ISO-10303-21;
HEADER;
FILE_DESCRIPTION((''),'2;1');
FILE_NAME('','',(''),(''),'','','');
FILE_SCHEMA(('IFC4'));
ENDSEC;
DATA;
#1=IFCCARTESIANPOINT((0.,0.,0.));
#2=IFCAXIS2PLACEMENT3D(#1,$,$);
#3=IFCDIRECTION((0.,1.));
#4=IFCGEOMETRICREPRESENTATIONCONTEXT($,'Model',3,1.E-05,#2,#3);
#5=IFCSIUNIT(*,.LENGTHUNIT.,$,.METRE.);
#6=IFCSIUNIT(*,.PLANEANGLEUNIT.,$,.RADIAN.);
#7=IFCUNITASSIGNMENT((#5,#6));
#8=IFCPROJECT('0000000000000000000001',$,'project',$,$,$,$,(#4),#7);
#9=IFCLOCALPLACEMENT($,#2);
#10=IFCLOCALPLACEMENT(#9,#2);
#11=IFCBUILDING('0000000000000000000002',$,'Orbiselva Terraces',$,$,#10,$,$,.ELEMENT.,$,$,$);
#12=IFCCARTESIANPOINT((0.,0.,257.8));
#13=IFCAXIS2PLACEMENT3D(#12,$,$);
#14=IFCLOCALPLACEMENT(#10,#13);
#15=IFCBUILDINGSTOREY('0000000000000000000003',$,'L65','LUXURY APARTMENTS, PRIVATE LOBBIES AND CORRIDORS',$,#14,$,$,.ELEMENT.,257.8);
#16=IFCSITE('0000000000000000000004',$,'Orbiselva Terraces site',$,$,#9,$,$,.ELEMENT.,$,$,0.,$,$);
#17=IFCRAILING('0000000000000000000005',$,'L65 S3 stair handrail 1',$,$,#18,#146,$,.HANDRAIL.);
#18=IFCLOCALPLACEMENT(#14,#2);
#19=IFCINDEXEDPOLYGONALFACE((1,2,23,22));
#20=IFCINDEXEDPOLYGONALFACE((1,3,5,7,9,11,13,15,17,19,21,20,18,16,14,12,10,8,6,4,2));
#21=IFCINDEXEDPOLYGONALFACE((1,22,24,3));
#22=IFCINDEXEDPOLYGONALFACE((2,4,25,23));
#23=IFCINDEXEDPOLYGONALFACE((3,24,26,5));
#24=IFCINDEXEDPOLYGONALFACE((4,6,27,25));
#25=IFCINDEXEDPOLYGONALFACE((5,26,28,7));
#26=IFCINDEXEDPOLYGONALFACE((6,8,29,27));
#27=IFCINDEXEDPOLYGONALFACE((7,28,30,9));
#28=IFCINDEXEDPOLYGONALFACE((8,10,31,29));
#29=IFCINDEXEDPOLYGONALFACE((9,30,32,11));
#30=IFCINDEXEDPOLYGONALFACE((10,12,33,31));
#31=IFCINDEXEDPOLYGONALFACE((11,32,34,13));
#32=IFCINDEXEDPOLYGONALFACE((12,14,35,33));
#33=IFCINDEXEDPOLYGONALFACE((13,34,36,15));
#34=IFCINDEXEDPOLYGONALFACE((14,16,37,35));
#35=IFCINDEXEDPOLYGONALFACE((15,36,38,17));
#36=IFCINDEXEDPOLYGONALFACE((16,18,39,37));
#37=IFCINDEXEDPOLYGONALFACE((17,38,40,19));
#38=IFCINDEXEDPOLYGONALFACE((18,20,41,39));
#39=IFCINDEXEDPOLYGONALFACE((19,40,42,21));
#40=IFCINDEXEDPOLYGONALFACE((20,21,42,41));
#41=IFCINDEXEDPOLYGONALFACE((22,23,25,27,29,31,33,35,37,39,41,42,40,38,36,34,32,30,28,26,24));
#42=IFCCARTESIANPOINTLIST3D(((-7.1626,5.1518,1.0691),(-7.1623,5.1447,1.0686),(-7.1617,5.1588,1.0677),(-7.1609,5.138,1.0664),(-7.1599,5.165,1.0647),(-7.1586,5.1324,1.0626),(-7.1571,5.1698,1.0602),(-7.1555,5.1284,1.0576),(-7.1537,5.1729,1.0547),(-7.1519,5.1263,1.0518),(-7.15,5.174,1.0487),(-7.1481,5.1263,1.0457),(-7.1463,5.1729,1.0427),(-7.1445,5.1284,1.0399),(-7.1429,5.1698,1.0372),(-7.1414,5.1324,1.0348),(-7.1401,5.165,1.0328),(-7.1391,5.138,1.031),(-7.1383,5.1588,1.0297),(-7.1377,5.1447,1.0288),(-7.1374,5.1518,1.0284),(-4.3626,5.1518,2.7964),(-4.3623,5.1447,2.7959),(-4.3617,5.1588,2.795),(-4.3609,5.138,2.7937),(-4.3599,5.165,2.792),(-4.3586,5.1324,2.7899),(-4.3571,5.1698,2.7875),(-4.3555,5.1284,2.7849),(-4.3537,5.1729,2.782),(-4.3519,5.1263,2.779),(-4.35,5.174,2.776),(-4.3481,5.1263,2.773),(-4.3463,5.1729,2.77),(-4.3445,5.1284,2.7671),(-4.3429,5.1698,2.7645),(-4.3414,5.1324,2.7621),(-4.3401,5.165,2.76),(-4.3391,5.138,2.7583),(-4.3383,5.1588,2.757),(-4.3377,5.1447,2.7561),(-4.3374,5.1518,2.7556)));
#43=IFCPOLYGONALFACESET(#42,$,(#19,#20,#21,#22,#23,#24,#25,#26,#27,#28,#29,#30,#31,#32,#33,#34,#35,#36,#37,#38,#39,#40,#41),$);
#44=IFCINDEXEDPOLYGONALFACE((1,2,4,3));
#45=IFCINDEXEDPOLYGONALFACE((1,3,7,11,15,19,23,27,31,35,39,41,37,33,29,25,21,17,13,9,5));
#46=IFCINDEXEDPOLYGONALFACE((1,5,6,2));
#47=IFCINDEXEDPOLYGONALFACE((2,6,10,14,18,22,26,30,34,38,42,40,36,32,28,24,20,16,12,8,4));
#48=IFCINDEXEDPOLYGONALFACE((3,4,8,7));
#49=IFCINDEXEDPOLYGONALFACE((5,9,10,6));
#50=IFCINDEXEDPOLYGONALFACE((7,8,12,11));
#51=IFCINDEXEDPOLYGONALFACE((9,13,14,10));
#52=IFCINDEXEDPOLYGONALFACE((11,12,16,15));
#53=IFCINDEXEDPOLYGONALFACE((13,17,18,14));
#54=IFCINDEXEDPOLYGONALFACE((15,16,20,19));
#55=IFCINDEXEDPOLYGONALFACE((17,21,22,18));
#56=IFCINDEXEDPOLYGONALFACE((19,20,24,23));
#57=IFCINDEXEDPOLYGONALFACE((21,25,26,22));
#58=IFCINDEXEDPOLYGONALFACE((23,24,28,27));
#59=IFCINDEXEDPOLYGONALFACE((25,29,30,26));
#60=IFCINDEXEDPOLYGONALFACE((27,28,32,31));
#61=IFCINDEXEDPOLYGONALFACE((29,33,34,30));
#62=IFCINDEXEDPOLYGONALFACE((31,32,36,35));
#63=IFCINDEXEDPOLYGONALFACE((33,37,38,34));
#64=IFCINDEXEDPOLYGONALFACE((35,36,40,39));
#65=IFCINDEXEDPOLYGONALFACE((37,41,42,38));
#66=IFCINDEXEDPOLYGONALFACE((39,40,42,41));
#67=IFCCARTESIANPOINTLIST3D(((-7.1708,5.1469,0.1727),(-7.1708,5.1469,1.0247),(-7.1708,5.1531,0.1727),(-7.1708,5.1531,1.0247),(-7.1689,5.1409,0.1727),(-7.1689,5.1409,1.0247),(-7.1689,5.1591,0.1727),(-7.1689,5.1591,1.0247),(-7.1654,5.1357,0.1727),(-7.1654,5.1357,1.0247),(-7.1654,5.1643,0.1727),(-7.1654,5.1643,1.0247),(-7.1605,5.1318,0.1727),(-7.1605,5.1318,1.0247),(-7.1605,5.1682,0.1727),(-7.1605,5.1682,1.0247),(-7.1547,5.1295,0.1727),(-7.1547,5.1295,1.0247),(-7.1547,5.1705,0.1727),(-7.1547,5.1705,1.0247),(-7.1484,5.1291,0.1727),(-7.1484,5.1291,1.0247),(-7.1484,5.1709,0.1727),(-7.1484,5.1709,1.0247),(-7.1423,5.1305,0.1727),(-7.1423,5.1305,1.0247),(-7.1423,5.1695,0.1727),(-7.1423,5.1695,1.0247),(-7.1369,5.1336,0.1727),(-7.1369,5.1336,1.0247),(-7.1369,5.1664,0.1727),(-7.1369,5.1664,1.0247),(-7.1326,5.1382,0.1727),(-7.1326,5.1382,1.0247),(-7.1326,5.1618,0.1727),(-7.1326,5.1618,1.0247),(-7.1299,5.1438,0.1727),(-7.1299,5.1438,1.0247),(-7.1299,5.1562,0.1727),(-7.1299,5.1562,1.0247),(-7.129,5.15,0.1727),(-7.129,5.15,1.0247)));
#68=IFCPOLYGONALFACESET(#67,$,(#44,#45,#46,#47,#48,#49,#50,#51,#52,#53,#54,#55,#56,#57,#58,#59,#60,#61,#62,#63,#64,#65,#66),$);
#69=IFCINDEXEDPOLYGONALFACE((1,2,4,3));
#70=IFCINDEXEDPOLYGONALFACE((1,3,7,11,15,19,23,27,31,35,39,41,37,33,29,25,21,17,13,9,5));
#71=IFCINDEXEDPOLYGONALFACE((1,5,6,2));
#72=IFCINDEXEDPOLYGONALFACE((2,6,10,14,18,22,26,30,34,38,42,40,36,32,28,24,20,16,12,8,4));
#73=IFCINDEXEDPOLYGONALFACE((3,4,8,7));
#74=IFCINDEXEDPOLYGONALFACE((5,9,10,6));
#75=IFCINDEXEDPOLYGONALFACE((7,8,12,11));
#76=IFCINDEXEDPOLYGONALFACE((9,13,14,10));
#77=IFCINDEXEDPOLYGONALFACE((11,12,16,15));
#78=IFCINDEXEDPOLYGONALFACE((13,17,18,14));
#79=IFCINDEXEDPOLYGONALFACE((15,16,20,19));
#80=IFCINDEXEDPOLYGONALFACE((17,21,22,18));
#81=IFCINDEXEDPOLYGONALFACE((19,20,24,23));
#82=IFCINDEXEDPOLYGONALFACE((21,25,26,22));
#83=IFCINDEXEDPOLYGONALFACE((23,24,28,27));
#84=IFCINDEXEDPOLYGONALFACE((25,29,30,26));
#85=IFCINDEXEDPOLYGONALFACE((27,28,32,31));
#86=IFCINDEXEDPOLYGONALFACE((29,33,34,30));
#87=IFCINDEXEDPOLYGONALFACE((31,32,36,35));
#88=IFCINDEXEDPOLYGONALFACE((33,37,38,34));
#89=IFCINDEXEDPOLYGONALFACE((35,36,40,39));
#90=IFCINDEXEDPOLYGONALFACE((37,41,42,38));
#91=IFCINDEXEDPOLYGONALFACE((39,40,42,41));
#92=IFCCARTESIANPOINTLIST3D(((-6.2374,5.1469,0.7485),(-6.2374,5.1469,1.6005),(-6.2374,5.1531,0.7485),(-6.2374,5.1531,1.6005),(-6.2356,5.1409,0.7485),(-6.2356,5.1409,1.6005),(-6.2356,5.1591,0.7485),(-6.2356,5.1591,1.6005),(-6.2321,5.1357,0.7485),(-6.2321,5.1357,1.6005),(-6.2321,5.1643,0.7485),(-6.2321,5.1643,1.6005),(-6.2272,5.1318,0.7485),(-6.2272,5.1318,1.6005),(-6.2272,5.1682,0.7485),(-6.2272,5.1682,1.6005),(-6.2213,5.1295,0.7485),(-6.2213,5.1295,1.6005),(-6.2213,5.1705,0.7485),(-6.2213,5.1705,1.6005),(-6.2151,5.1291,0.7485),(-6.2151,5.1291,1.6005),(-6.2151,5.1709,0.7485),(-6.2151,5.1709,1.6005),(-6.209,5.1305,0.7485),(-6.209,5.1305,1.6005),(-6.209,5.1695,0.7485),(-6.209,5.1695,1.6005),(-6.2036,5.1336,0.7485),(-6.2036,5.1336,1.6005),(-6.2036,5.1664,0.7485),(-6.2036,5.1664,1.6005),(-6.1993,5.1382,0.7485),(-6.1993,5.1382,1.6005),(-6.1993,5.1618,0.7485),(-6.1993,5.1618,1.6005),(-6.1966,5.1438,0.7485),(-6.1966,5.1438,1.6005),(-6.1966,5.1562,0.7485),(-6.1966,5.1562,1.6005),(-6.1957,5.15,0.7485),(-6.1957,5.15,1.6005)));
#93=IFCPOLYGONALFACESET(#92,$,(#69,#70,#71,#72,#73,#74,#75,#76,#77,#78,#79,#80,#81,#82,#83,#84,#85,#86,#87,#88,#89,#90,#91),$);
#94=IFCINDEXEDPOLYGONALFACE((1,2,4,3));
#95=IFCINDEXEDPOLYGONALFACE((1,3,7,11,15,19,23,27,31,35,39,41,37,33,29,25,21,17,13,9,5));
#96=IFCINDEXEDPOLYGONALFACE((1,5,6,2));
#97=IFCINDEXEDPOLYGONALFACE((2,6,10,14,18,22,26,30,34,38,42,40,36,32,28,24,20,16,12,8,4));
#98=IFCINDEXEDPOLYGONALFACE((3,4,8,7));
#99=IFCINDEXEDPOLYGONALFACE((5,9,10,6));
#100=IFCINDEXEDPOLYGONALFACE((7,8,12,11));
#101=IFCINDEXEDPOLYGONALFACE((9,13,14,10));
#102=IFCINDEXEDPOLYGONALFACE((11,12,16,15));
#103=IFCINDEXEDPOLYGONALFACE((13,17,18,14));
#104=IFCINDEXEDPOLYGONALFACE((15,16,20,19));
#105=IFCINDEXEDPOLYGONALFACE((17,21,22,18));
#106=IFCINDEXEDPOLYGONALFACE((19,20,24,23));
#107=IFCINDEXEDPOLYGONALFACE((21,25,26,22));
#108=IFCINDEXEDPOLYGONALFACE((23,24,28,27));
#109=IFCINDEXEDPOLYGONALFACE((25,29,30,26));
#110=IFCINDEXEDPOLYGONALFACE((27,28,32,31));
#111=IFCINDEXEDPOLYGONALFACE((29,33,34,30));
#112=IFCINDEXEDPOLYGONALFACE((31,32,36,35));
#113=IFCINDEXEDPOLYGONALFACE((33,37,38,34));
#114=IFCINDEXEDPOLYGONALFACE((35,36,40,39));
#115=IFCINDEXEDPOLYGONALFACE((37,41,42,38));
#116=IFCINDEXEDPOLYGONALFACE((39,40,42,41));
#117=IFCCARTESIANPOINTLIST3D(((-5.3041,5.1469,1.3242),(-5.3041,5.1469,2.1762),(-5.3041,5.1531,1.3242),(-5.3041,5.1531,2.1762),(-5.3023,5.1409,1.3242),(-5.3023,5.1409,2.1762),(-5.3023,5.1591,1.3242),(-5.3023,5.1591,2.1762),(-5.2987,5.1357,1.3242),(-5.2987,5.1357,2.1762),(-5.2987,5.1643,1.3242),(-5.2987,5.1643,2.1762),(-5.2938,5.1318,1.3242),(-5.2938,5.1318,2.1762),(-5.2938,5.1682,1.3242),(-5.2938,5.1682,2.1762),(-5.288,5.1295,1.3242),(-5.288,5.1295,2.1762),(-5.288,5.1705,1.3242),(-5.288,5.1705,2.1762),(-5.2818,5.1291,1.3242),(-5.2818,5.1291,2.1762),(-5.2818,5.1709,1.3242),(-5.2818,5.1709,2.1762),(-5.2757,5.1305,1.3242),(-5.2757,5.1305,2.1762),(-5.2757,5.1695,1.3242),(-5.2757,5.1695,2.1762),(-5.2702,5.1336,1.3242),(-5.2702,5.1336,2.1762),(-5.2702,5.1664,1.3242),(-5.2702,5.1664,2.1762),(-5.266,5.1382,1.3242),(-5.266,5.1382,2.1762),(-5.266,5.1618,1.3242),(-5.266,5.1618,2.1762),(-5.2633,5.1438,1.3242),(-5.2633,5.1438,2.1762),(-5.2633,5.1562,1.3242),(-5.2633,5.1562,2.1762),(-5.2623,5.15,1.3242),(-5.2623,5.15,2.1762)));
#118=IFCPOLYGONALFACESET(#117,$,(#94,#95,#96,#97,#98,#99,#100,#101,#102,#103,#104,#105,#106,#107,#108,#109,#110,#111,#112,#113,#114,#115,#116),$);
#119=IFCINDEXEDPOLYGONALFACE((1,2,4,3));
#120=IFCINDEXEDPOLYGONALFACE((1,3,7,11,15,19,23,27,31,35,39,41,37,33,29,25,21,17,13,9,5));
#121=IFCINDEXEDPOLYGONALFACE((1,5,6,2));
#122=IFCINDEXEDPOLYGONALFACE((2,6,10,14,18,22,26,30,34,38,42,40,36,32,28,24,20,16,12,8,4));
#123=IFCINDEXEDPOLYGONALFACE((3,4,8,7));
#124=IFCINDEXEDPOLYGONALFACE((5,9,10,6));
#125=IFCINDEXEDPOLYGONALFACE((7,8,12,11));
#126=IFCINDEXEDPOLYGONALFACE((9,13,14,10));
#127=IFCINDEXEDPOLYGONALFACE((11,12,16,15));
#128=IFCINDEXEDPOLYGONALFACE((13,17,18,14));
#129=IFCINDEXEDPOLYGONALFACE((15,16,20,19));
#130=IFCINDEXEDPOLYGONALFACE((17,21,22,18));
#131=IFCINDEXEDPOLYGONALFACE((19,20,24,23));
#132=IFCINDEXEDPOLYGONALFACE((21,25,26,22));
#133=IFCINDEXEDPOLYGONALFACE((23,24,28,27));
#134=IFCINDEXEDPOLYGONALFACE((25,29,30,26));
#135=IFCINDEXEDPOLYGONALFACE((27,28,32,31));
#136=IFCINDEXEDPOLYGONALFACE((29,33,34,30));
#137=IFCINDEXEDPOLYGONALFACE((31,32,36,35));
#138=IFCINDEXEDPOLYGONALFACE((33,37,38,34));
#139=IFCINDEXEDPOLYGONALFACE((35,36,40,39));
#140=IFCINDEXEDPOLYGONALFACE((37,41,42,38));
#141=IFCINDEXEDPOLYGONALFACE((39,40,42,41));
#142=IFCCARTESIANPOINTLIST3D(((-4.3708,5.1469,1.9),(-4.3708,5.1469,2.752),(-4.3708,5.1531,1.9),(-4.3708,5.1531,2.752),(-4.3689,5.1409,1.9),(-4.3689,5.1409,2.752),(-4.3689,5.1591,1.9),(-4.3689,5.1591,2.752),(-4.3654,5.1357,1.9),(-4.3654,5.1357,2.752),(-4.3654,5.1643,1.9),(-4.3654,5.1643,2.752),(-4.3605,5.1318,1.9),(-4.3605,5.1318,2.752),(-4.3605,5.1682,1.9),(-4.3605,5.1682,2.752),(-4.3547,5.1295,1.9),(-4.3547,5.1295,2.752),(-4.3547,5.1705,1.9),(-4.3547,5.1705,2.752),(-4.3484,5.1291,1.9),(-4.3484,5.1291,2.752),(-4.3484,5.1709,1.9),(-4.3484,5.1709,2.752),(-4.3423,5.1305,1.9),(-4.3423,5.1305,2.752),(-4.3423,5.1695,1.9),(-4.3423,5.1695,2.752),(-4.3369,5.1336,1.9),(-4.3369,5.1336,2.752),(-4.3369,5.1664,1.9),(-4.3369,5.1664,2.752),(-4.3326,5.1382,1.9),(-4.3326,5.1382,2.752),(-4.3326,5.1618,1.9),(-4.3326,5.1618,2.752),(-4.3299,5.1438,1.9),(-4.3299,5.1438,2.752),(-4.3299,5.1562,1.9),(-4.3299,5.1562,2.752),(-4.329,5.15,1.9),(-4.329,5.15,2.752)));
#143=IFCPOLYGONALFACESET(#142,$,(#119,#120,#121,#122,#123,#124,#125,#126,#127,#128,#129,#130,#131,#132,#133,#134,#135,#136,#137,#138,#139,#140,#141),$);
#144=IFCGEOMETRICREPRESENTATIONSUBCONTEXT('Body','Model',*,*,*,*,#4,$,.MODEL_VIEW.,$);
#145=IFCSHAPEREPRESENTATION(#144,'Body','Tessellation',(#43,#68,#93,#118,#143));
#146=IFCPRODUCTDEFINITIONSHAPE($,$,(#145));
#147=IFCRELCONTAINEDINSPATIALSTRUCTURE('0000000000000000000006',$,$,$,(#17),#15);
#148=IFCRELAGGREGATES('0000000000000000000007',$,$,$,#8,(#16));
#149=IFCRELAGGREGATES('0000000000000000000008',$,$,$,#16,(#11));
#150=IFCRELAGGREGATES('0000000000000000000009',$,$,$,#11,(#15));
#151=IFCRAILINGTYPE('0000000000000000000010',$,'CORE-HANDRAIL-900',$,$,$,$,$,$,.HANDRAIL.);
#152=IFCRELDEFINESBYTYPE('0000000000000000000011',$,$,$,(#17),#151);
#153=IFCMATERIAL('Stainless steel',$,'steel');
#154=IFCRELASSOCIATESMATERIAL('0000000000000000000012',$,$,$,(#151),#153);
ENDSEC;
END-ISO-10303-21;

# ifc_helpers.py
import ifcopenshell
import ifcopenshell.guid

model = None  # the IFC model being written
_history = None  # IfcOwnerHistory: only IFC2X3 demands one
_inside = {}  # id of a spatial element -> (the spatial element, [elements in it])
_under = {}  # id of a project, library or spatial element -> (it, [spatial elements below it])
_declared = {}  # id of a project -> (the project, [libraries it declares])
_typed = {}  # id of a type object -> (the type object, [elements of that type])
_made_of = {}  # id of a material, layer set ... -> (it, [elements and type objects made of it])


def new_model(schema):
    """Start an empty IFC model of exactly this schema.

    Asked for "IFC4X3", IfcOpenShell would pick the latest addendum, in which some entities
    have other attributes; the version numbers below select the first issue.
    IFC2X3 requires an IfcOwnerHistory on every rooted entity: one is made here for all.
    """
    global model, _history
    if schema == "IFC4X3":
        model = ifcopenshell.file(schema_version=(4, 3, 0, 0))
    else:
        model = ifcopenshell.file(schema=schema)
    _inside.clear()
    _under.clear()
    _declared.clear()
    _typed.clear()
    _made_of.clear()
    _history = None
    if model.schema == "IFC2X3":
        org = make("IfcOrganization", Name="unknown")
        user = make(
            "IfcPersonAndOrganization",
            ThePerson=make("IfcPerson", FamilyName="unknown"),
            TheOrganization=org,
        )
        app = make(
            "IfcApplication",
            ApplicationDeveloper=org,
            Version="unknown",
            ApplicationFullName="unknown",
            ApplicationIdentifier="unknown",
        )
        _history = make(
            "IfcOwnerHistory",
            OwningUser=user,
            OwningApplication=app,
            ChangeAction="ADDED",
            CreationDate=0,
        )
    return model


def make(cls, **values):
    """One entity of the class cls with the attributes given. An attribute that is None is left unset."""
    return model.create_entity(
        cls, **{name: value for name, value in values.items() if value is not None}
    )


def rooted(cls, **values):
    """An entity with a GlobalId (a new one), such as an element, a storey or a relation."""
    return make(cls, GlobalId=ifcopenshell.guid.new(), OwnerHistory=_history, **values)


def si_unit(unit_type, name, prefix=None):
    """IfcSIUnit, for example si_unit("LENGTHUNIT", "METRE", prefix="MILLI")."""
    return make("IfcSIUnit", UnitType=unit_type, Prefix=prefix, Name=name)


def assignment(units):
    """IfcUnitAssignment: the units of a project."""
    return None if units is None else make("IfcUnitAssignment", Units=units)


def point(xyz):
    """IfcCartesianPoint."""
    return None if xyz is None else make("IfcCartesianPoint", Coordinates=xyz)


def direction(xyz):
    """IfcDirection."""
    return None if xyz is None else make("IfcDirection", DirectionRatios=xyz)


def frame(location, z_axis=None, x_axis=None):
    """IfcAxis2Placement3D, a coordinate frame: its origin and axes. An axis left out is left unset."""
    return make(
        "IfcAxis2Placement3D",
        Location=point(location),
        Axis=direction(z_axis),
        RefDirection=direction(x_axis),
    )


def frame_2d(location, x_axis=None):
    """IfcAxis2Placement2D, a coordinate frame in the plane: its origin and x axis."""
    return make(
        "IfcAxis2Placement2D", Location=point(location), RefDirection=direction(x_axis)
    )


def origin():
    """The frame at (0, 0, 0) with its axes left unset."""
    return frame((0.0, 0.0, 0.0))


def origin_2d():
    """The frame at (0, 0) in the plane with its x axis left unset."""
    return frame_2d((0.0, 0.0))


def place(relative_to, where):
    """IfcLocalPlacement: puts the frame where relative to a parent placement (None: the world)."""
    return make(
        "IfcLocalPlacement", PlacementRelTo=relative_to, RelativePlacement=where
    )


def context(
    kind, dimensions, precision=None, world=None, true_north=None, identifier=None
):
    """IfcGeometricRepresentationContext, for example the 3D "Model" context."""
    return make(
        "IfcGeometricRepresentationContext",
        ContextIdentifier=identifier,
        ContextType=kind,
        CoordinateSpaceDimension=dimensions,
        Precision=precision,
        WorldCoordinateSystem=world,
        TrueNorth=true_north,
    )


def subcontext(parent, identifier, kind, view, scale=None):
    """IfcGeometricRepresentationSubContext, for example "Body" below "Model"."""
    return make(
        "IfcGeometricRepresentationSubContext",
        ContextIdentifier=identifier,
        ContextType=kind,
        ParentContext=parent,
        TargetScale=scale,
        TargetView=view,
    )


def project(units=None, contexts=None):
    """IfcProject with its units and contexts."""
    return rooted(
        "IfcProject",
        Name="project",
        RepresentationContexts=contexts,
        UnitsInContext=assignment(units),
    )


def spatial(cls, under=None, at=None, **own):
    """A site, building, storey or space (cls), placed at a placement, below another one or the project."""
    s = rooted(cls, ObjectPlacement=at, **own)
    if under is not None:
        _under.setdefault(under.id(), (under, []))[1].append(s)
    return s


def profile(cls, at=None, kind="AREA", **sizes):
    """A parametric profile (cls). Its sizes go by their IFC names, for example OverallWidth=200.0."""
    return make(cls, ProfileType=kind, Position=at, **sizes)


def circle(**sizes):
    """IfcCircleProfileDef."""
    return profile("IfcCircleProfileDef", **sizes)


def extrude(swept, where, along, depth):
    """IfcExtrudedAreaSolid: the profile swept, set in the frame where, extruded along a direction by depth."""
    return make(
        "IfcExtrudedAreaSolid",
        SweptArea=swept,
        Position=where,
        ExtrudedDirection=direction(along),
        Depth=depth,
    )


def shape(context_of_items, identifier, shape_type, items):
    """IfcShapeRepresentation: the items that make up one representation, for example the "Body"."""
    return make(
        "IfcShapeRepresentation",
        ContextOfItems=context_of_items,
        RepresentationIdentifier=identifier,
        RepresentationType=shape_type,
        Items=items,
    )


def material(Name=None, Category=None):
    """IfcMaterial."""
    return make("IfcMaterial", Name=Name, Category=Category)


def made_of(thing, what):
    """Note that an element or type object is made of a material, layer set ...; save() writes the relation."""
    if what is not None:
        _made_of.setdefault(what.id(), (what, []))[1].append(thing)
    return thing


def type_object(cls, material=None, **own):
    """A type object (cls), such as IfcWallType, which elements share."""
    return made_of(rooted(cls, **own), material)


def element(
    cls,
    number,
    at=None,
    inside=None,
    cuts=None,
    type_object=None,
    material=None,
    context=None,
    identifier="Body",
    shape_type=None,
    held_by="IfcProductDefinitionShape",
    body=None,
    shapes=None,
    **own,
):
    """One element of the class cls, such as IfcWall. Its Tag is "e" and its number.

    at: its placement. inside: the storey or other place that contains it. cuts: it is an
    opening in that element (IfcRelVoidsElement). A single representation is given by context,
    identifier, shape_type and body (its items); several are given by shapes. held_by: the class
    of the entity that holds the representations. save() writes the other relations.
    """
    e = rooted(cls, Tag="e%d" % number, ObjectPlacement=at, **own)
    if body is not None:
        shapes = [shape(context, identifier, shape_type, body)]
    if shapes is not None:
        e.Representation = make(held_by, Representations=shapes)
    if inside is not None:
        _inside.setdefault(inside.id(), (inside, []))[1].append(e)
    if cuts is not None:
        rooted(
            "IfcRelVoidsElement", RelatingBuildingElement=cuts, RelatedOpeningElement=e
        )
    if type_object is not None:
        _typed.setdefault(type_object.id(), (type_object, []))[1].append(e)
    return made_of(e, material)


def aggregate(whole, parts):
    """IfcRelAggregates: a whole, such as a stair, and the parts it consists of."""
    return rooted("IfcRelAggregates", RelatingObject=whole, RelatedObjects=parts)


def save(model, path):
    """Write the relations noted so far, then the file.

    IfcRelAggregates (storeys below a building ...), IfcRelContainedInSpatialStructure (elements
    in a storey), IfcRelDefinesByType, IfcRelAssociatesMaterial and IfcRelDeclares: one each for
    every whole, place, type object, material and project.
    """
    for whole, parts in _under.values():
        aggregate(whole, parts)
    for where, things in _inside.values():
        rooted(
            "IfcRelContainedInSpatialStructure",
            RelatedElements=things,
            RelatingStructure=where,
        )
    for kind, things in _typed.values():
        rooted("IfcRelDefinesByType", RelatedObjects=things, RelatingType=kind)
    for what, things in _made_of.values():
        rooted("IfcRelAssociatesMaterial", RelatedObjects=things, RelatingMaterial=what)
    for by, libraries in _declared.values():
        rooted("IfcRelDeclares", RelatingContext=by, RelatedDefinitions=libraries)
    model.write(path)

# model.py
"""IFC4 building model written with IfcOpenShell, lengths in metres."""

from ifc_helpers import new_model, si_unit, direction, frame, origin, origin_2d, place, context, subcontext, project, spatial, circle, extrude, material, type_object, element, save


model = new_model("IFC4")

# Units and contexts
model_context = context("Model", 3, precision=1e-05, world=origin(), true_north=direction((0.0, 1.0)))
body_context = subcontext(model_context, "Body", "Model", "MODEL_VIEW")
ifc_project = project(units=[si_unit("LENGTHUNIT", "METRE"), si_unit("PLANEANGLEUNIT", "RADIAN")], contexts=[model_context])

# Site, building, storey
site_placement = place(None, origin())
site = spatial("IfcSite", under=ifc_project, at=site_placement, Name="Orbiselva Terraces site", CompositionType="ELEMENT", RefElevation=0.0)
building_placement = place(site_placement, origin())
building = spatial("IfcBuilding", under=site, at=building_placement, Name="Orbiselva Terraces", CompositionType="ELEMENT")
storey_placement = place(building_placement, frame((0.0, 0.0, 257.8)))
storey = spatial("IfcBuildingStorey", under=building, at=storey_placement, Name="L65", Description="LUXURY APARTMENTS, PRIVATE LOBBIES AND CORRIDORS", CompositionType="ELEMENT", Elevation=257.8)

# Railing
ifc_material_1 = material(Name="Stainless steel", Category="steel")
railing_type_1 = type_object("IfcRailingType", Name="CORE-HANDRAIL-900", PredefinedType="HANDRAIL", material=ifc_material_1)
railing_1_placement = place(storey_placement, frame((-7.15, 5.15, 0.1727)))
element("IfcRailing", 1, at=railing_1_placement, inside=storey, type_object=railing_type_1, Name="L65 S3 stair handrail 1", PredefinedType="HANDRAIL", context=body_context, shape_type="SweptSolid", body=[
    extrude(circle(Radius=0.024, at=origin_2d()), frame((0.0, 0.0, 0.876), z_axis=(0.851089, 0.0, 0.525022), x_axis=(0.0, 1.0, 0.0)), (0.0, 0.0, 1.0), 3.2899),
    extrude(circle(Radius=0.021, at=origin_2d()), origin(), (0.0, 0.0, 1.0), 0.852),
    extrude(circle(Radius=0.021, at=origin_2d()), frame((0.9333, 0.0, 0.5758)), (0.0, 0.0, 1.0), 0.852),
    extrude(circle(Radius=0.021, at=origin_2d()), frame((1.8667, 0.0, 1.1515)), (0.0, 0.0, 1.0), 0.852),
    extrude(circle(Radius=0.021, at=origin_2d()), frame((2.8, 0.0, 1.7273)), (0.0, 0.0, 1.0), 0.852),
])

save(model, "model.ifc")
